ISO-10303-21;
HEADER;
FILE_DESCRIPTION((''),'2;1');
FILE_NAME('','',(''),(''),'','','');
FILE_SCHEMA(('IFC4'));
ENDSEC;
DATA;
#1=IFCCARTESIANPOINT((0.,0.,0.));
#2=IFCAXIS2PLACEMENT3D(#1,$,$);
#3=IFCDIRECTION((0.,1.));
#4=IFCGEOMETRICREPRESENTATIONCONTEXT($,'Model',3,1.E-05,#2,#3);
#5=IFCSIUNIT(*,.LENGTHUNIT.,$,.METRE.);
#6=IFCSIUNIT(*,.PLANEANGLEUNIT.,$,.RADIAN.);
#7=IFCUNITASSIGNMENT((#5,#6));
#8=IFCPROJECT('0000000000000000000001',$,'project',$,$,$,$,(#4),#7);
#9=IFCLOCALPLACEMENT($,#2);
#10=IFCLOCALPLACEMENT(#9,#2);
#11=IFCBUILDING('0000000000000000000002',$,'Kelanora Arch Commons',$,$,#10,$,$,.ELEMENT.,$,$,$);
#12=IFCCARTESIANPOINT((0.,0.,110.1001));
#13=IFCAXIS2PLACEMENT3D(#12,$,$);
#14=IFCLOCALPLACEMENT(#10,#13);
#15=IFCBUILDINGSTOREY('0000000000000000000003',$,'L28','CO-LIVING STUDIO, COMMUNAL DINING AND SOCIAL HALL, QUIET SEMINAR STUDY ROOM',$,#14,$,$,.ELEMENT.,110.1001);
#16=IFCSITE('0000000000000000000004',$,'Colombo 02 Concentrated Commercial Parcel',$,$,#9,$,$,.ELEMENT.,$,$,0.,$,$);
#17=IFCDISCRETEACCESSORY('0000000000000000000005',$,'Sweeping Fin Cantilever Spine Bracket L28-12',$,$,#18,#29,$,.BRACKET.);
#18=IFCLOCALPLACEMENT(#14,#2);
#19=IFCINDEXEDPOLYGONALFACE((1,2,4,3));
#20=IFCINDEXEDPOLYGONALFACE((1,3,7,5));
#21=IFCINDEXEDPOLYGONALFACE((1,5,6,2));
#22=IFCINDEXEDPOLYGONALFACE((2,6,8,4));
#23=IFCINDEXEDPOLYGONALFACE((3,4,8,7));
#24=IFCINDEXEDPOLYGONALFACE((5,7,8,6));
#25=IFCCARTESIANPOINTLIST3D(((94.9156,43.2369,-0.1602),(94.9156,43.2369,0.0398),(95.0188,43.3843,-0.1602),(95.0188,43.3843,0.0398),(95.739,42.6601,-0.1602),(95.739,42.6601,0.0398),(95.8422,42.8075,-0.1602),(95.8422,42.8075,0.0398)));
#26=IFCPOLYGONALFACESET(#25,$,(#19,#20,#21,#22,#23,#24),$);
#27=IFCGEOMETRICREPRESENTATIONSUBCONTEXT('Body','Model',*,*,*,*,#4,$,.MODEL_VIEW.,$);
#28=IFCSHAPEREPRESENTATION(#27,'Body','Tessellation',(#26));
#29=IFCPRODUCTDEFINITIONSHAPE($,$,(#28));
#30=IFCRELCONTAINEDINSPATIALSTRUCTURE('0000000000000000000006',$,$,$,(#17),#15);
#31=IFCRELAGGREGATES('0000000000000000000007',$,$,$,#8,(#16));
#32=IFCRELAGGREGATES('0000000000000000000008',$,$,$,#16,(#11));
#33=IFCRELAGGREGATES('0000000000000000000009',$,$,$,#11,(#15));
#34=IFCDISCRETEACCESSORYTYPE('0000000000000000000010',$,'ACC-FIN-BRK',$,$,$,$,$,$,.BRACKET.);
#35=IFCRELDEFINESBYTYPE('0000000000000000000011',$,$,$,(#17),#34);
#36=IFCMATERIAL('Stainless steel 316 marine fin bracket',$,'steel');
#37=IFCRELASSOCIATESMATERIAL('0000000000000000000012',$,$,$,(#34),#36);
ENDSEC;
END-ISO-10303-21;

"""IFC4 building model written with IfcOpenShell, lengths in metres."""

from ifc_helpers import new_model, si_unit, direction, frame, origin, origin_2d, place, context, subcontext, project, spatial, rectangle, extrude, source, transform, mapped, material, type_object, element, save


model = new_model("IFC4")

# Units and contexts
model_context = context("Model", 3, precision=1e-05, world=origin(), true_north=direction((0.0, 1.0)))
body_context = subcontext(model_context, "Body", "Model", "MODEL_VIEW")
ifc_project = project(units=[si_unit("LENGTHUNIT", "METRE"), si_unit("PLANEANGLEUNIT", "RADIAN")], contexts=[model_context])

# Site, building, storey
site_placement = place(None, origin())
site = spatial("IfcSite", under=ifc_project, at=site_placement, Name="Colombo 02 Concentrated Commercial Parcel", CompositionType="ELEMENT", RefElevation=0.0)
building_placement = place(site_placement, origin())
building = spatial("IfcBuilding", under=site, at=building_placement, Name="Kelanora Arch Commons", CompositionType="ELEMENT")
storey_placement = place(building_placement, frame((0.0, 0.0, 110.1001)))
storey = spatial("IfcBuildingStorey", under=building, at=storey_placement, Name="L28", Description="CO-LIVING STUDIO, COMMUNAL DINING AND SOCIAL HALL, QUIET SEMINAR STUDY ROOM", CompositionType="ELEMENT", Elevation=110.1001)

# Discrete accessory
ifc_material_1 = material(Name="Stainless steel 316 marine fin bracket", Category="steel")
discrete_accessory_type = type_object("IfcDiscreteAccessoryType", Name="ACC-FIN-BRK", PredefinedType="BRACKET", material=ifc_material_1)
shared_shape_1 = source(origin(), body_context, "Body", "SweptSolid", [
    extrude(rectangle(XDim=1.0054, YDim=0.1799, at=origin_2d()), origin(), (0.0, 0.0, 1.0), 0.2),
])
for number, where, z_axis, x_axis, name in (
    (1, (95.3789, 43.0222, -0.1602), (0.0, 0.0, 1.0), (0.819052, -0.573719, 0.0), "Sweeping Fin Cantilever Spine Bracket L28-12"),
):
    element("IfcDiscreteAccessory", number, at=place(storey_placement, frame(where, z_axis=z_axis, x_axis=x_axis)), inside=storey, type_object=discrete_accessory_type, Name=name, PredefinedType="BRACKET", context=body_context, shape_type="MappedRepresentation", body=[
        mapped(shared_shape_1, transform((0.0, 0.0, 0.0), scale=1.0)),
    ])

save(model, "model.ifc")
